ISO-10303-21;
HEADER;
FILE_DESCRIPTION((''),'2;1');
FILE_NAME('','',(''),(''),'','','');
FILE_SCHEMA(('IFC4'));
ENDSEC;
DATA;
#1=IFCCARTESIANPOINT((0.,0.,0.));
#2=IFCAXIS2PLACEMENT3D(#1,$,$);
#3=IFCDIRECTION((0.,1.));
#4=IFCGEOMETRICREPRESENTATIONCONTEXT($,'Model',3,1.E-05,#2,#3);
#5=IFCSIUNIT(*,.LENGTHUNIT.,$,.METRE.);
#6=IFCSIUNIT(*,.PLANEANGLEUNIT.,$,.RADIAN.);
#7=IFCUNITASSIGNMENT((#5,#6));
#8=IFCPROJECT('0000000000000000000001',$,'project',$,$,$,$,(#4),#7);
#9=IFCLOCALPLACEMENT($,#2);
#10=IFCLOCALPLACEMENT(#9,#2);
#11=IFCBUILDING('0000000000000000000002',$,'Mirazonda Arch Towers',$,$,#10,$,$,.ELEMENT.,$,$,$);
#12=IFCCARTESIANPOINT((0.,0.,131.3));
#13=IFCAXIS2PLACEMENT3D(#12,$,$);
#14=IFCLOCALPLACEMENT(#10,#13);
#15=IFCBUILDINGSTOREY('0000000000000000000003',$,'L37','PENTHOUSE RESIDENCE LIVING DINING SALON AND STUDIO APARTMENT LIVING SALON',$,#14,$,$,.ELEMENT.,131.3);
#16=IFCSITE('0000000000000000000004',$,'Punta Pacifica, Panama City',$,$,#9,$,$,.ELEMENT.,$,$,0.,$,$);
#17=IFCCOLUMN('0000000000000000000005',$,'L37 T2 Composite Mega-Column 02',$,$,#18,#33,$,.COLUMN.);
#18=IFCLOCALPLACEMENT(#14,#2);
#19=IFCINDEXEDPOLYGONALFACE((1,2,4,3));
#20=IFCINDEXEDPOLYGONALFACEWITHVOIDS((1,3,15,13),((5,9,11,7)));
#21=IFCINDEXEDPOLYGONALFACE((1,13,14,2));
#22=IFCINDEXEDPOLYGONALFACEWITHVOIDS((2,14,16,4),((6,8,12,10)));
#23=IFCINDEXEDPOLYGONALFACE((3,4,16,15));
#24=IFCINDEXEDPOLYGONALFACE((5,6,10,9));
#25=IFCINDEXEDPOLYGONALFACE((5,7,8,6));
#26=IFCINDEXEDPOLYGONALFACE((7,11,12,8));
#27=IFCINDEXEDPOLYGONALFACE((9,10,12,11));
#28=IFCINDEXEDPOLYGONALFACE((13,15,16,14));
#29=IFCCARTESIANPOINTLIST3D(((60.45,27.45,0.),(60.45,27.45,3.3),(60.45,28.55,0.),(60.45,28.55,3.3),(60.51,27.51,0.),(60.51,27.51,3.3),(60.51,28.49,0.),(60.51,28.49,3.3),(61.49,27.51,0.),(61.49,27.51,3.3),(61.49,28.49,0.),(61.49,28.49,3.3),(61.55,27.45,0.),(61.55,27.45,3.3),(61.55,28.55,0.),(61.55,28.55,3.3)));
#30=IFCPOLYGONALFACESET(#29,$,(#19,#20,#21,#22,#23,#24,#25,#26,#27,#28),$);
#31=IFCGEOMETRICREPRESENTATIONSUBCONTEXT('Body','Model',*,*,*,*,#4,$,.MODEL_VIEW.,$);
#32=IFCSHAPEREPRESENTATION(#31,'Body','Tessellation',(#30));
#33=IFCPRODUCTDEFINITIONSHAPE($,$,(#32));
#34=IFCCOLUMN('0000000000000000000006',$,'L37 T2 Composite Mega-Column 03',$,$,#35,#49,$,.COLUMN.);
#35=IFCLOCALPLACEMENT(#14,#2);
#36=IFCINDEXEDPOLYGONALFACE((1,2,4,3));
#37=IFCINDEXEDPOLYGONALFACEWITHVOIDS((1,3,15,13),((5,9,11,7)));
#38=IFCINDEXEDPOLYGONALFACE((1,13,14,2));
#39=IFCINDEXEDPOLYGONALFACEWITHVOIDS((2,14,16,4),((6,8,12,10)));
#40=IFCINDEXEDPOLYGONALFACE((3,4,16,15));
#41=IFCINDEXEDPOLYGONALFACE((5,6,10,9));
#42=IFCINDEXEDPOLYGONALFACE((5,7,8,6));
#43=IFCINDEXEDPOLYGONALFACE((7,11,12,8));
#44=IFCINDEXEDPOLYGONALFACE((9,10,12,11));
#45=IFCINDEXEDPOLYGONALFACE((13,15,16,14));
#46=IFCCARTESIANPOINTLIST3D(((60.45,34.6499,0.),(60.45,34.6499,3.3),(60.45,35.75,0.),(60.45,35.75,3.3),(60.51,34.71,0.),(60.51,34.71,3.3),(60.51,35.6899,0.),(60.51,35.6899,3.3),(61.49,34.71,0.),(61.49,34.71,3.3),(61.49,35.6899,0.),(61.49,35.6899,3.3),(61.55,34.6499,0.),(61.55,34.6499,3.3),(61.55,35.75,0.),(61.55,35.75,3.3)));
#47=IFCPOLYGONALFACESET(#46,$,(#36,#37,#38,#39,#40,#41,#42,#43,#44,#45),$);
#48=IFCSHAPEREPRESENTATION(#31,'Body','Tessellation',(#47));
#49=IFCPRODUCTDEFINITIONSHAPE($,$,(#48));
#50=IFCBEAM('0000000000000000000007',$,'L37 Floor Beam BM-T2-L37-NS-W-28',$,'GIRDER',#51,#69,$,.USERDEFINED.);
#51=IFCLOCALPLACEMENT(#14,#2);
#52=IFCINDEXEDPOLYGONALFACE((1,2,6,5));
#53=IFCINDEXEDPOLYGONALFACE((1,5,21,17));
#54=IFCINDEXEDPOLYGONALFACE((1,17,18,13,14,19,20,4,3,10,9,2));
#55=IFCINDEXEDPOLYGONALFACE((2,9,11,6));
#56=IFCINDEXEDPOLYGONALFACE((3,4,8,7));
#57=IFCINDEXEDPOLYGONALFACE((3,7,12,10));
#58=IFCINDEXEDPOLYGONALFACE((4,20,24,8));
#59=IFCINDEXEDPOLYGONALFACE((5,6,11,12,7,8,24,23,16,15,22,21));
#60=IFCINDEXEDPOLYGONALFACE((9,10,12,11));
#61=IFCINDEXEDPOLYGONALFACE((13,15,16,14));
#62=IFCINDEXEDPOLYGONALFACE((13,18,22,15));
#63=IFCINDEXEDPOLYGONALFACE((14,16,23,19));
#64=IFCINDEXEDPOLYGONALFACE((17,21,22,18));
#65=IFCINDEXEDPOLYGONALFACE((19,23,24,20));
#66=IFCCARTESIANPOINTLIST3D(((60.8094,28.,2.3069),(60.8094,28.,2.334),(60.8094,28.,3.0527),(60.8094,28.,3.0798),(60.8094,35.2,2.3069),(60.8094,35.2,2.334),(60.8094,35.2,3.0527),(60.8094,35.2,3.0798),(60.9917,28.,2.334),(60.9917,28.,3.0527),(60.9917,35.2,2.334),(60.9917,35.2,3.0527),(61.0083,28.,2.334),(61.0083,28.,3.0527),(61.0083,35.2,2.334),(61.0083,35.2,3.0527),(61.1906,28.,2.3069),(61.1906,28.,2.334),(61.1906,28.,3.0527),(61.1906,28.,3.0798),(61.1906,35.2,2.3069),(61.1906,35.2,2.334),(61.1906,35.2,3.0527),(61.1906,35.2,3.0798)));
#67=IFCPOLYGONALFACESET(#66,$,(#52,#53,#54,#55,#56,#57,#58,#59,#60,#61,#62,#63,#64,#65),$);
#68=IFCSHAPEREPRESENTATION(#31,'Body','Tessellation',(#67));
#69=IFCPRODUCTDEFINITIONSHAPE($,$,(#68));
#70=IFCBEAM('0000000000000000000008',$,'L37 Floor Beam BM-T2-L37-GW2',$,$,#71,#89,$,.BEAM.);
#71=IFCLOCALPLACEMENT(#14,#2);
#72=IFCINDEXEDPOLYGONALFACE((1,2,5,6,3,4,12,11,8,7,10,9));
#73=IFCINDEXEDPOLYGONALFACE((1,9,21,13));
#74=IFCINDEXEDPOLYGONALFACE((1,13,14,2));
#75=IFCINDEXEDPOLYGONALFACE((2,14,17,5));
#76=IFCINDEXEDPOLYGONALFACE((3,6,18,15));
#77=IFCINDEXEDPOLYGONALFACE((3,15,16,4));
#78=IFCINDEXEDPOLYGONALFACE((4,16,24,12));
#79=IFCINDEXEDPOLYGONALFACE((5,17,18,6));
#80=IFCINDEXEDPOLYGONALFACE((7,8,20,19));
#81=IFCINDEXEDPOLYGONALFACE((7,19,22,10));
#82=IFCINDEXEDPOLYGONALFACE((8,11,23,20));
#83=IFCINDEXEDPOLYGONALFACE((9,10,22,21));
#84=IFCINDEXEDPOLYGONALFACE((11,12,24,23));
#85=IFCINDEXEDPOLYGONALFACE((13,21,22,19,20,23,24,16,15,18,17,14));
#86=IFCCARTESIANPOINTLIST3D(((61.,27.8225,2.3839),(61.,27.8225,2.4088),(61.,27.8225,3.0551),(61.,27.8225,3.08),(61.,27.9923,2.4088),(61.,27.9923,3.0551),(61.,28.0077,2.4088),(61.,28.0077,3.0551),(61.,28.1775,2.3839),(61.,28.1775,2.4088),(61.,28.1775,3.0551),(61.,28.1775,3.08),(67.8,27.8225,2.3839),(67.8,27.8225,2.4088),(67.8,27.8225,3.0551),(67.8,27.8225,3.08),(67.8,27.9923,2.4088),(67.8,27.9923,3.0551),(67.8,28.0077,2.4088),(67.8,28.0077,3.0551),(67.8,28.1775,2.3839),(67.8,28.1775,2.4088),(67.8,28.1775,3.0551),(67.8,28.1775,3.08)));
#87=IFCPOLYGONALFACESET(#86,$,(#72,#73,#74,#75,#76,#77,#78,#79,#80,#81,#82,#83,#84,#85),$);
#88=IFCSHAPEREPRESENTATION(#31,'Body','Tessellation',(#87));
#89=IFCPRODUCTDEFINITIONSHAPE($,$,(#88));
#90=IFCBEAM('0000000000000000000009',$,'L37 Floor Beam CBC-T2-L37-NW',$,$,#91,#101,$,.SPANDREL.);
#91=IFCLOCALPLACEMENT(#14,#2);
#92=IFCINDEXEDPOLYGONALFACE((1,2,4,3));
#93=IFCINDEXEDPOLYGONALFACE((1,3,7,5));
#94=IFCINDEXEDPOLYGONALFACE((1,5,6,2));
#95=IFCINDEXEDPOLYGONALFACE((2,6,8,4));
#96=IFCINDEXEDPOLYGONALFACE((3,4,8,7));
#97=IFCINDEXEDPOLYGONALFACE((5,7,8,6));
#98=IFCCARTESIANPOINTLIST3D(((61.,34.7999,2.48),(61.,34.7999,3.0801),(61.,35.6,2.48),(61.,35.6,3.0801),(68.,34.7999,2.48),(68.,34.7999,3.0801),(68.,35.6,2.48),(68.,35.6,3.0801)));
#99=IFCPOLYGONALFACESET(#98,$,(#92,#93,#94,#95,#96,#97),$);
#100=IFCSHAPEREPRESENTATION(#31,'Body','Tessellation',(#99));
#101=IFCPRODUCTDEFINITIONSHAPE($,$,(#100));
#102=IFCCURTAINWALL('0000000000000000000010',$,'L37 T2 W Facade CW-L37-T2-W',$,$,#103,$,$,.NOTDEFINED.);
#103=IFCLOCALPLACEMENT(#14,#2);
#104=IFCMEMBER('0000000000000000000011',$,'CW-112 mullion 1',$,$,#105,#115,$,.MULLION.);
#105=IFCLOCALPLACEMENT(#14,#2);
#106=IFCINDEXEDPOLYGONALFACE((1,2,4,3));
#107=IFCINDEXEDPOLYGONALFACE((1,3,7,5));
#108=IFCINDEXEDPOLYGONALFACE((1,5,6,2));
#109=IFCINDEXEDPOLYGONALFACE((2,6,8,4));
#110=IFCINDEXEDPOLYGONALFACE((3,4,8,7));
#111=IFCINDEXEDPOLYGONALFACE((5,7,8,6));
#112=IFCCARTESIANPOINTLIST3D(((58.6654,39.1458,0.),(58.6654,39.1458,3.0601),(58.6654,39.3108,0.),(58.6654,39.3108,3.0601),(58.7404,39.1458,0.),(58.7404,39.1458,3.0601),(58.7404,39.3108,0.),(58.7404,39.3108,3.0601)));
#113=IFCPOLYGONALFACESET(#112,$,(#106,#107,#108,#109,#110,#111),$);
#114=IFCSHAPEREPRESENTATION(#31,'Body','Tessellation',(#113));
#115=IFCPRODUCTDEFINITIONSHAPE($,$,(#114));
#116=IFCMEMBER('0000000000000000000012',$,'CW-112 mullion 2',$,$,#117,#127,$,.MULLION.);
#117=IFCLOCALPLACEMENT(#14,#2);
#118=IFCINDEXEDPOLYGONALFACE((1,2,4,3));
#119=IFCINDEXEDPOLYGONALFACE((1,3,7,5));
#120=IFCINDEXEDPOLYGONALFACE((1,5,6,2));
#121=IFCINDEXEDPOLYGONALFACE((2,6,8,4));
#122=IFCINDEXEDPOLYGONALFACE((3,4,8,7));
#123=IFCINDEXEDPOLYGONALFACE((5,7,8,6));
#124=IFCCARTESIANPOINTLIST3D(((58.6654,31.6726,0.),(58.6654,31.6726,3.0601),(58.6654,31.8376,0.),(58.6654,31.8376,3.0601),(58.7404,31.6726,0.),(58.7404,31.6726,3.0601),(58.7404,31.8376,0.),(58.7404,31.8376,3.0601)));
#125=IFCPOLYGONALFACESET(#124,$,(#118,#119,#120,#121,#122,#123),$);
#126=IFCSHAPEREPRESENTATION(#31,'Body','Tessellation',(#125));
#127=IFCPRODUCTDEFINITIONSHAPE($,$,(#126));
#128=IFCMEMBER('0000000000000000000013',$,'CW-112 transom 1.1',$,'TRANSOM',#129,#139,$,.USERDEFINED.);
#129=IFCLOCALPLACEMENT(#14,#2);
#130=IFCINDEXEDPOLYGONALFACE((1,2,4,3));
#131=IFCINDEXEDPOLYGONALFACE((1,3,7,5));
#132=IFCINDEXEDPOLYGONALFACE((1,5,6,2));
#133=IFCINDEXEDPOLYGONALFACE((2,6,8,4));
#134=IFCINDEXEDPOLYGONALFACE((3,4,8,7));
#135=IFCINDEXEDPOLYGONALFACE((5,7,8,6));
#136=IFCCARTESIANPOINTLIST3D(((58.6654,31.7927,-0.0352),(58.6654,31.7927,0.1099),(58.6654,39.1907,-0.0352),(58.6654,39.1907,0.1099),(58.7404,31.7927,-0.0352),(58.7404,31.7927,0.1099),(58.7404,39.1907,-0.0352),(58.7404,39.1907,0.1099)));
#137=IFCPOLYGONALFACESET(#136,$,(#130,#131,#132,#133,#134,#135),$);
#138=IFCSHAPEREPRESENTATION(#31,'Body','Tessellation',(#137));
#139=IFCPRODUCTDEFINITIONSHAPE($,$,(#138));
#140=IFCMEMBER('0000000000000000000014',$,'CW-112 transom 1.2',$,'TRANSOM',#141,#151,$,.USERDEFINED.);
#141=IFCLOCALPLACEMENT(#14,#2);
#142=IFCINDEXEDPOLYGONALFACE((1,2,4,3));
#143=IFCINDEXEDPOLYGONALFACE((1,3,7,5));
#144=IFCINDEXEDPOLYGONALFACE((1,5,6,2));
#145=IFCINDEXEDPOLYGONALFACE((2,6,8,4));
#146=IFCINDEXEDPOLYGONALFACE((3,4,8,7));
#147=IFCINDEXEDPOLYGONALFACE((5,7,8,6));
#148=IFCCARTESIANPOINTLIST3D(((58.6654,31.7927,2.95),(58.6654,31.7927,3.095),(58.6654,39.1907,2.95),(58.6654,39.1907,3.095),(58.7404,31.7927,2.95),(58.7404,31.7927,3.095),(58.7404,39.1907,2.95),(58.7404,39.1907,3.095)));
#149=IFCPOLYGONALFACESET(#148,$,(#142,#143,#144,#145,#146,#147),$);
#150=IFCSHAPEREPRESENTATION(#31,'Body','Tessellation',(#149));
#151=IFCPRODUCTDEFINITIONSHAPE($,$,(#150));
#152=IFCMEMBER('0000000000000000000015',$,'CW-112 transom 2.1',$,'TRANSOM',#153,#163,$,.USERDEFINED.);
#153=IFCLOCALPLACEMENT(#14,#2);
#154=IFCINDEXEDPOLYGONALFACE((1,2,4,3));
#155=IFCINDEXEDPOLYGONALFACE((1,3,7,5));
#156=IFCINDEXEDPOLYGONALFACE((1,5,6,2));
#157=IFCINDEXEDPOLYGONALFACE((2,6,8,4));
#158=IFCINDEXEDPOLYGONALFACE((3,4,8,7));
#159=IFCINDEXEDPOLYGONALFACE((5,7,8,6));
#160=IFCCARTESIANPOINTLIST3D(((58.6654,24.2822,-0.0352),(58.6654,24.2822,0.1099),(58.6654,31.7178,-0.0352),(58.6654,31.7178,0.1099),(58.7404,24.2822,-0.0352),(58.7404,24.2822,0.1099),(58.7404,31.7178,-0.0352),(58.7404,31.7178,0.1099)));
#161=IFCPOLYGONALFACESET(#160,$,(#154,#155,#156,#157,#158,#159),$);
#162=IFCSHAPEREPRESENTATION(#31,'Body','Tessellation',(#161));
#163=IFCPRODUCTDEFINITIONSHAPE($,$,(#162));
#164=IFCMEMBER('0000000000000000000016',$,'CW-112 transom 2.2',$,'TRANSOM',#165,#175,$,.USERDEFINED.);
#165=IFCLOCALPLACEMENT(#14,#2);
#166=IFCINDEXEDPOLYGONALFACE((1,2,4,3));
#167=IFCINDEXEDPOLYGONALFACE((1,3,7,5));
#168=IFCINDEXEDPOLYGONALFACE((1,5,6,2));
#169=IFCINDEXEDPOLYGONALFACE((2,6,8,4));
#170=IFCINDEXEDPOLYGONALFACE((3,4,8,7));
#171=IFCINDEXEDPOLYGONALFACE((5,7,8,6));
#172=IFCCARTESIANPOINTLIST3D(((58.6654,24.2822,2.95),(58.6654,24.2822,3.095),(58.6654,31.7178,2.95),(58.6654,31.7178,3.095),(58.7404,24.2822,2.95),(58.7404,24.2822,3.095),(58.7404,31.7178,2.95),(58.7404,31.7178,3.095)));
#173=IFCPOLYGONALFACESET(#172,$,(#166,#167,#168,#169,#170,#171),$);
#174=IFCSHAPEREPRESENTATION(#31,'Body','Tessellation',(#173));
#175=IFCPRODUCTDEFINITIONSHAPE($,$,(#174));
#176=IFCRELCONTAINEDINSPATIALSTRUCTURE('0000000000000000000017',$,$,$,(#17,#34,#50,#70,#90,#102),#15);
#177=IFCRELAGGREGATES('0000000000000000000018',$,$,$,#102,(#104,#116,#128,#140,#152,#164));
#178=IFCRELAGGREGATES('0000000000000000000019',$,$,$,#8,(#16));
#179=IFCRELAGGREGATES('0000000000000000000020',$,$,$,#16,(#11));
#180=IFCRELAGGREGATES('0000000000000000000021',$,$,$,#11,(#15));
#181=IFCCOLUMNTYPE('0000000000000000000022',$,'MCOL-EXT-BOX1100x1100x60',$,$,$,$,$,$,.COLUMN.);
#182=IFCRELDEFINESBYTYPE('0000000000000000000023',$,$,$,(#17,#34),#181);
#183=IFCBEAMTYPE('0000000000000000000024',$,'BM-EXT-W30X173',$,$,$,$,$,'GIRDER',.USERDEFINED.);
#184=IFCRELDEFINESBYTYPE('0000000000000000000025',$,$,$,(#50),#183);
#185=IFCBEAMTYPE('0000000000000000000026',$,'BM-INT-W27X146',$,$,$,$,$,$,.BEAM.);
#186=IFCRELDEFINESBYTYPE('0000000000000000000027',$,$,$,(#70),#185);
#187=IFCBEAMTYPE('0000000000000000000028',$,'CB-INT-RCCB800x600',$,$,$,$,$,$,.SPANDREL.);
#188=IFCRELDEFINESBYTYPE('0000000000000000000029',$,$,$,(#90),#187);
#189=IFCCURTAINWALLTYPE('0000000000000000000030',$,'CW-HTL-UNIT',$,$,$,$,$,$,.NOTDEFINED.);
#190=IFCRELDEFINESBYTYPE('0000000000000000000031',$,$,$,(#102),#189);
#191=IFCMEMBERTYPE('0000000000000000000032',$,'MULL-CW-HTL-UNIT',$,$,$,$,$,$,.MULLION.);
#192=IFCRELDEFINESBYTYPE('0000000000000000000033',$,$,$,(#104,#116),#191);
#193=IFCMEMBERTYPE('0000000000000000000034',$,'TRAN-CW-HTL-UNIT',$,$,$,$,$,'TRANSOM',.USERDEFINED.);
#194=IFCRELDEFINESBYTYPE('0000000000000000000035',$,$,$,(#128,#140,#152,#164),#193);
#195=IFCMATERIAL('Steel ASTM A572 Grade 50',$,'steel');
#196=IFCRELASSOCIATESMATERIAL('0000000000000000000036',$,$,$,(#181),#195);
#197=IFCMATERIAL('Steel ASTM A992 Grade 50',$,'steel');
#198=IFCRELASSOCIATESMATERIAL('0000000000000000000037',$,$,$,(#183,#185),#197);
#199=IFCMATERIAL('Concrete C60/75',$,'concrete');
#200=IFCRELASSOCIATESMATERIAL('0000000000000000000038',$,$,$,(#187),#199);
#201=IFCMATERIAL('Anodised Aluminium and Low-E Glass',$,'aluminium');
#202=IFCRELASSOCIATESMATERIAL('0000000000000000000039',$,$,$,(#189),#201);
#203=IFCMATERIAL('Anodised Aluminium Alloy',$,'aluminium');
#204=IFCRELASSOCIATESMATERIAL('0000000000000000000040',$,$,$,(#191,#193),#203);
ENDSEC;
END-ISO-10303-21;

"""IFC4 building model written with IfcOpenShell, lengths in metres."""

from ifc_helpers import new_model, si_unit, direction, frame, origin, origin_2d, place, context, subcontext, project, spatial, rectangle, hollow_rectangle, i_section, extrude, material, material_profile, profile_set, type_object, element, aggregate, save


model = new_model("IFC4")

# Units and contexts
model_context = context("Model", 3, precision=1e-05, world=origin(), true_north=direction((0.0, 1.0)))
body_context = subcontext(model_context, "Body", "Model", "MODEL_VIEW")
ifc_project = project(units=[si_unit("LENGTHUNIT", "METRE"), si_unit("PLANEANGLEUNIT", "RADIAN")], contexts=[model_context])

# Site, building, storey
site_placement = place(None, origin())
site = spatial("IfcSite", under=ifc_project, at=site_placement, Name="Punta Pacifica, Panama City", CompositionType="ELEMENT", RefElevation=0.0)
building_placement = place(site_placement, origin())
building = spatial("IfcBuilding", under=site, at=building_placement, Name="Mirazonda Arch Towers", CompositionType="ELEMENT")
storey_placement = place(building_placement, frame((0.0, 0.0, 131.3)))
storey = spatial("IfcBuildingStorey", under=building, at=storey_placement, Name="L37", Description="PENTHOUSE RESIDENCE LIVING DINING SALON AND STUDIO APARTMENT LIVING SALON", CompositionType="ELEMENT", Elevation=131.3)

# Columns
ifc_material_1 = material(Name="Steel ASTM A572 Grade 50", Category="steel")
ifc_material_profile_1 = material_profile(ifc_material_1, hollow_rectangle(XDim=1.1001, YDim=1.1001, WallThickness=0.0601, at=origin_2d()), Name="BOX1100x1100x60")
ifc_profile_set_1 = profile_set([ifc_material_profile_1], Name="Steel ASTM A572 Grade 50")
column_type = type_object("IfcColumnType", Name="MCOL-EXT-BOX1100x1100x60", PredefinedType="COLUMN", material=ifc_profile_set_1)
for number, where, z_axis, x_axis, name in (
    (1, (61.0, 28.0, 0.0), (0.0, 0.0, 1.0), (1.0, 0.0, 0.0), "L37 T2 Composite Mega-Column 02"),
    (2, (61.0, 35.2, 0.0), (0.0, 0.0, 1.0), (1.0, 0.0, 0.0), "L37 T2 Composite Mega-Column 03"),
):
    element("IfcColumn", number, at=place(storey_placement, frame(where, z_axis=z_axis, x_axis=x_axis)), inside=storey, type_object=column_type, Name=name, PredefinedType="COLUMN", context=body_context, shape_type="SweptSolid", body=[
        extrude(hollow_rectangle(XDim=1.1001, YDim=1.1001, WallThickness=0.0601, at=origin_2d()), origin(), (0.0, 0.0, 1.0), 3.3),
    ])

# Beams
ifc_material_2 = material(Name="Steel ASTM A992 Grade 50", Category="steel")
ifc_material_profile_2 = material_profile(ifc_material_2, i_section(OverallWidth=0.3811, OverallDepth=0.7729, WebThickness=0.0166, FlangeThickness=0.0271, at=origin_2d()), Name="W30X173")
ifc_profile_set_2 = profile_set([ifc_material_profile_2], Name="Steel ASTM A992 Grade 50")
beam_type_1 = type_object("IfcBeamType", Name="BM-EXT-W30X173", ElementType="GIRDER", PredefinedType="USERDEFINED", material=ifc_profile_set_2)
beam_1_placement = place(storey_placement, frame((61.0, 28.0, 2.6934), z_axis=(0.0, 1.0, 0.0), x_axis=(-1.0, 0.0, 0.0)))
element("IfcBeam", 3, at=beam_1_placement, inside=storey, type_object=beam_type_1, Name="L37 Floor Beam BM-T2-L37-NS-W-28", ObjectType="GIRDER", PredefinedType="USERDEFINED", context=body_context, shape_type="SweptSolid", body=[
    extrude(i_section(OverallWidth=0.3811, OverallDepth=0.7729, WebThickness=0.0166, FlangeThickness=0.0271, at=origin_2d()), origin(), (0.0, 0.0, 1.0), 7.2),
])
ifc_material_profile_3 = material_profile(ifc_material_2, i_section(OverallWidth=0.355, OverallDepth=0.696, WebThickness=0.0154, FlangeThickness=0.0249, at=origin_2d()), Name="W27X146")
ifc_profile_set_3 = profile_set([ifc_material_profile_3], Name="Steel ASTM A992 Grade 50")
beam_type_2 = type_object("IfcBeamType", Name="BM-INT-W27X146", PredefinedType="BEAM", material=ifc_profile_set_3)
beam_2_placement = place(storey_placement, frame((61.0, 28.0, 2.7319), z_axis=(1.0, 0.0, 0.0), x_axis=(0.0, 1.0, 0.0)))
element("IfcBeam", 4, at=beam_2_placement, inside=storey, type_object=beam_type_2, Name="L37 Floor Beam BM-T2-L37-GW2", PredefinedType="BEAM", context=body_context, shape_type="SweptSolid", body=[
    extrude(i_section(OverallWidth=0.355, OverallDepth=0.696, WebThickness=0.0154, FlangeThickness=0.0249, at=origin_2d()), origin(), (0.0, 0.0, 1.0), 6.8),
])
ifc_material_3 = material(Name="Concrete C60/75", Category="concrete")
ifc_material_profile_4 = material_profile(ifc_material_3, rectangle(XDim=0.8, YDim=0.6001, at=origin_2d()), Name="RCCB800x600")
ifc_profile_set_4 = profile_set([ifc_material_profile_4], Name="Concrete C60/75")
beam_type_3 = type_object("IfcBeamType", Name="CB-INT-RCCB800x600", PredefinedType="SPANDREL", material=ifc_profile_set_4)
beam_3_placement = place(storey_placement, frame((61.0, 35.2, 2.78), z_axis=(1.0, 0.0, 0.0), x_axis=(0.0, 1.0, 0.0)))
element("IfcBeam", 5, at=beam_3_placement, inside=storey, type_object=beam_type_3, Name="L37 Floor Beam CBC-T2-L37-NW", PredefinedType="SPANDREL", context=body_context, shape_type="SweptSolid", body=[
    extrude(rectangle(XDim=0.8, YDim=0.6001, at=origin_2d()), origin(), (0.0, 0.0, 1.0), 7.0),
])

# Curtain wall, members
ifc_material_4 = material(Name="Anodised Aluminium and Low-E Glass", Category="aluminium")
curtain_wall_type = type_object("IfcCurtainWallType", Name="CW-HTL-UNIT", PredefinedType="NOTDEFINED", material=ifc_material_4)
curtain_wall_placement = place(storey_placement, origin())
curtain_wall = element("IfcCurtainWall", 6, at=curtain_wall_placement, inside=storey, type_object=curtain_wall_type, Name="L37 T2 W Facade CW-L37-T2-W", PredefinedType="NOTDEFINED")
ifc_material_5 = material(Name="Anodised Aluminium Alloy", Category="aluminium")
ifc_material_profile_5 = material_profile(ifc_material_5, rectangle(XDim=0.075, YDim=0.165, at=origin_2d()), Name="ALU-MULL-75x165")
ifc_profile_set_5 = profile_set([ifc_material_profile_5], Name="Anodised Aluminium Alloy")
member_type_1 = type_object("IfcMemberType", Name="MULL-CW-HTL-UNIT", PredefinedType="MULLION", material=ifc_profile_set_5)
member_1_placement = place(storey_placement, frame((58.7029, 39.2283, 0.0), z_axis=(0.0, 0.0, 1.0), x_axis=(1.0, 0.0, 0.0)))
member_1 = element("IfcMember", 7, at=member_1_placement, type_object=member_type_1, Name="CW-112 mullion 1", PredefinedType="MULLION", context=body_context, shape_type="SweptSolid", body=[
    extrude(rectangle(XDim=0.075, YDim=0.165, at=origin_2d()), origin(), (0.0, 0.0, 1.0), 3.0601),
])
member_2_placement = place(storey_placement, frame((58.7029, 31.7551, 0.0), z_axis=(0.0, 0.0, 1.0), x_axis=(1.0, 0.0, 0.0)))
member_2 = element("IfcMember", 8, at=member_2_placement, type_object=member_type_1, Name="CW-112 mullion 2", PredefinedType="MULLION", context=body_context, shape_type="SweptSolid", body=[
    extrude(rectangle(XDim=0.075, YDim=0.165, at=origin_2d()), origin(), (0.0, 0.0, 1.0), 3.0601),
])
ifc_material_profile_6 = material_profile(ifc_material_5, rectangle(XDim=0.075, YDim=0.145, at=origin_2d()), Name="ALU-TRAN-75x145")
ifc_profile_set_6 = profile_set([ifc_material_profile_6], Name="Anodised Aluminium Alloy")
member_type_2 = type_object("IfcMemberType", Name="TRAN-CW-HTL-UNIT", ElementType="TRANSOM", PredefinedType="USERDEFINED", material=ifc_profile_set_6)
member_3_placement = place(storey_placement, frame((58.7029, 39.1907, 0.0374), z_axis=(0.0, -1.0, 0.0), x_axis=(1.0, 0.0, 0.0)))
member_3 = element("IfcMember", 9, at=member_3_placement, type_object=member_type_2, Name="CW-112 transom 1.1", ObjectType="TRANSOM", PredefinedType="USERDEFINED", context=body_context, shape_type="SweptSolid", body=[
    extrude(rectangle(XDim=0.075, YDim=0.145, at=origin_2d()), origin(), (0.0, 0.0, 1.0), 7.3979),
])
member_4_placement = place(storey_placement, frame((58.7029, 39.1907, 3.0225), z_axis=(0.0, -1.0, 0.0), x_axis=(1.0, 0.0, 0.0)))
member_4 = element("IfcMember", 10, at=member_4_placement, type_object=member_type_2, Name="CW-112 transom 1.2", ObjectType="TRANSOM", PredefinedType="USERDEFINED", context=body_context, shape_type="SweptSolid", body=[
    extrude(rectangle(XDim=0.075, YDim=0.145, at=origin_2d()), origin(), (0.0, 0.0, 1.0), 7.3979),
])
member_5_placement = place(storey_placement, frame((58.7029, 31.7178, 0.0374), z_axis=(0.0, -1.0, 0.0), x_axis=(1.0, 0.0, 0.0)))
member_5 = element("IfcMember", 11, at=member_5_placement, type_object=member_type_2, Name="CW-112 transom 2.1", ObjectType="TRANSOM", PredefinedType="USERDEFINED", context=body_context, shape_type="SweptSolid", body=[
    extrude(rectangle(XDim=0.075, YDim=0.145, at=origin_2d()), origin(), (0.0, 0.0, 1.0), 7.4355),
])
member_6_placement = place(storey_placement, frame((58.7029, 31.7178, 3.0225), z_axis=(0.0, -1.0, 0.0), x_axis=(1.0, 0.0, 0.0)))
member_6 = element("IfcMember", 12, at=member_6_placement, type_object=member_type_2, Name="CW-112 transom 2.2", ObjectType="TRANSOM", PredefinedType="USERDEFINED", context=body_context, shape_type="SweptSolid", body=[
    extrude(rectangle(XDim=0.075, YDim=0.145, at=origin_2d()), origin(), (0.0, 0.0, 1.0), 7.4355),
])
aggregate(curtain_wall, [member_1, member_2, member_3, member_4, member_5, member_6])

save(model, "model.ifc")
